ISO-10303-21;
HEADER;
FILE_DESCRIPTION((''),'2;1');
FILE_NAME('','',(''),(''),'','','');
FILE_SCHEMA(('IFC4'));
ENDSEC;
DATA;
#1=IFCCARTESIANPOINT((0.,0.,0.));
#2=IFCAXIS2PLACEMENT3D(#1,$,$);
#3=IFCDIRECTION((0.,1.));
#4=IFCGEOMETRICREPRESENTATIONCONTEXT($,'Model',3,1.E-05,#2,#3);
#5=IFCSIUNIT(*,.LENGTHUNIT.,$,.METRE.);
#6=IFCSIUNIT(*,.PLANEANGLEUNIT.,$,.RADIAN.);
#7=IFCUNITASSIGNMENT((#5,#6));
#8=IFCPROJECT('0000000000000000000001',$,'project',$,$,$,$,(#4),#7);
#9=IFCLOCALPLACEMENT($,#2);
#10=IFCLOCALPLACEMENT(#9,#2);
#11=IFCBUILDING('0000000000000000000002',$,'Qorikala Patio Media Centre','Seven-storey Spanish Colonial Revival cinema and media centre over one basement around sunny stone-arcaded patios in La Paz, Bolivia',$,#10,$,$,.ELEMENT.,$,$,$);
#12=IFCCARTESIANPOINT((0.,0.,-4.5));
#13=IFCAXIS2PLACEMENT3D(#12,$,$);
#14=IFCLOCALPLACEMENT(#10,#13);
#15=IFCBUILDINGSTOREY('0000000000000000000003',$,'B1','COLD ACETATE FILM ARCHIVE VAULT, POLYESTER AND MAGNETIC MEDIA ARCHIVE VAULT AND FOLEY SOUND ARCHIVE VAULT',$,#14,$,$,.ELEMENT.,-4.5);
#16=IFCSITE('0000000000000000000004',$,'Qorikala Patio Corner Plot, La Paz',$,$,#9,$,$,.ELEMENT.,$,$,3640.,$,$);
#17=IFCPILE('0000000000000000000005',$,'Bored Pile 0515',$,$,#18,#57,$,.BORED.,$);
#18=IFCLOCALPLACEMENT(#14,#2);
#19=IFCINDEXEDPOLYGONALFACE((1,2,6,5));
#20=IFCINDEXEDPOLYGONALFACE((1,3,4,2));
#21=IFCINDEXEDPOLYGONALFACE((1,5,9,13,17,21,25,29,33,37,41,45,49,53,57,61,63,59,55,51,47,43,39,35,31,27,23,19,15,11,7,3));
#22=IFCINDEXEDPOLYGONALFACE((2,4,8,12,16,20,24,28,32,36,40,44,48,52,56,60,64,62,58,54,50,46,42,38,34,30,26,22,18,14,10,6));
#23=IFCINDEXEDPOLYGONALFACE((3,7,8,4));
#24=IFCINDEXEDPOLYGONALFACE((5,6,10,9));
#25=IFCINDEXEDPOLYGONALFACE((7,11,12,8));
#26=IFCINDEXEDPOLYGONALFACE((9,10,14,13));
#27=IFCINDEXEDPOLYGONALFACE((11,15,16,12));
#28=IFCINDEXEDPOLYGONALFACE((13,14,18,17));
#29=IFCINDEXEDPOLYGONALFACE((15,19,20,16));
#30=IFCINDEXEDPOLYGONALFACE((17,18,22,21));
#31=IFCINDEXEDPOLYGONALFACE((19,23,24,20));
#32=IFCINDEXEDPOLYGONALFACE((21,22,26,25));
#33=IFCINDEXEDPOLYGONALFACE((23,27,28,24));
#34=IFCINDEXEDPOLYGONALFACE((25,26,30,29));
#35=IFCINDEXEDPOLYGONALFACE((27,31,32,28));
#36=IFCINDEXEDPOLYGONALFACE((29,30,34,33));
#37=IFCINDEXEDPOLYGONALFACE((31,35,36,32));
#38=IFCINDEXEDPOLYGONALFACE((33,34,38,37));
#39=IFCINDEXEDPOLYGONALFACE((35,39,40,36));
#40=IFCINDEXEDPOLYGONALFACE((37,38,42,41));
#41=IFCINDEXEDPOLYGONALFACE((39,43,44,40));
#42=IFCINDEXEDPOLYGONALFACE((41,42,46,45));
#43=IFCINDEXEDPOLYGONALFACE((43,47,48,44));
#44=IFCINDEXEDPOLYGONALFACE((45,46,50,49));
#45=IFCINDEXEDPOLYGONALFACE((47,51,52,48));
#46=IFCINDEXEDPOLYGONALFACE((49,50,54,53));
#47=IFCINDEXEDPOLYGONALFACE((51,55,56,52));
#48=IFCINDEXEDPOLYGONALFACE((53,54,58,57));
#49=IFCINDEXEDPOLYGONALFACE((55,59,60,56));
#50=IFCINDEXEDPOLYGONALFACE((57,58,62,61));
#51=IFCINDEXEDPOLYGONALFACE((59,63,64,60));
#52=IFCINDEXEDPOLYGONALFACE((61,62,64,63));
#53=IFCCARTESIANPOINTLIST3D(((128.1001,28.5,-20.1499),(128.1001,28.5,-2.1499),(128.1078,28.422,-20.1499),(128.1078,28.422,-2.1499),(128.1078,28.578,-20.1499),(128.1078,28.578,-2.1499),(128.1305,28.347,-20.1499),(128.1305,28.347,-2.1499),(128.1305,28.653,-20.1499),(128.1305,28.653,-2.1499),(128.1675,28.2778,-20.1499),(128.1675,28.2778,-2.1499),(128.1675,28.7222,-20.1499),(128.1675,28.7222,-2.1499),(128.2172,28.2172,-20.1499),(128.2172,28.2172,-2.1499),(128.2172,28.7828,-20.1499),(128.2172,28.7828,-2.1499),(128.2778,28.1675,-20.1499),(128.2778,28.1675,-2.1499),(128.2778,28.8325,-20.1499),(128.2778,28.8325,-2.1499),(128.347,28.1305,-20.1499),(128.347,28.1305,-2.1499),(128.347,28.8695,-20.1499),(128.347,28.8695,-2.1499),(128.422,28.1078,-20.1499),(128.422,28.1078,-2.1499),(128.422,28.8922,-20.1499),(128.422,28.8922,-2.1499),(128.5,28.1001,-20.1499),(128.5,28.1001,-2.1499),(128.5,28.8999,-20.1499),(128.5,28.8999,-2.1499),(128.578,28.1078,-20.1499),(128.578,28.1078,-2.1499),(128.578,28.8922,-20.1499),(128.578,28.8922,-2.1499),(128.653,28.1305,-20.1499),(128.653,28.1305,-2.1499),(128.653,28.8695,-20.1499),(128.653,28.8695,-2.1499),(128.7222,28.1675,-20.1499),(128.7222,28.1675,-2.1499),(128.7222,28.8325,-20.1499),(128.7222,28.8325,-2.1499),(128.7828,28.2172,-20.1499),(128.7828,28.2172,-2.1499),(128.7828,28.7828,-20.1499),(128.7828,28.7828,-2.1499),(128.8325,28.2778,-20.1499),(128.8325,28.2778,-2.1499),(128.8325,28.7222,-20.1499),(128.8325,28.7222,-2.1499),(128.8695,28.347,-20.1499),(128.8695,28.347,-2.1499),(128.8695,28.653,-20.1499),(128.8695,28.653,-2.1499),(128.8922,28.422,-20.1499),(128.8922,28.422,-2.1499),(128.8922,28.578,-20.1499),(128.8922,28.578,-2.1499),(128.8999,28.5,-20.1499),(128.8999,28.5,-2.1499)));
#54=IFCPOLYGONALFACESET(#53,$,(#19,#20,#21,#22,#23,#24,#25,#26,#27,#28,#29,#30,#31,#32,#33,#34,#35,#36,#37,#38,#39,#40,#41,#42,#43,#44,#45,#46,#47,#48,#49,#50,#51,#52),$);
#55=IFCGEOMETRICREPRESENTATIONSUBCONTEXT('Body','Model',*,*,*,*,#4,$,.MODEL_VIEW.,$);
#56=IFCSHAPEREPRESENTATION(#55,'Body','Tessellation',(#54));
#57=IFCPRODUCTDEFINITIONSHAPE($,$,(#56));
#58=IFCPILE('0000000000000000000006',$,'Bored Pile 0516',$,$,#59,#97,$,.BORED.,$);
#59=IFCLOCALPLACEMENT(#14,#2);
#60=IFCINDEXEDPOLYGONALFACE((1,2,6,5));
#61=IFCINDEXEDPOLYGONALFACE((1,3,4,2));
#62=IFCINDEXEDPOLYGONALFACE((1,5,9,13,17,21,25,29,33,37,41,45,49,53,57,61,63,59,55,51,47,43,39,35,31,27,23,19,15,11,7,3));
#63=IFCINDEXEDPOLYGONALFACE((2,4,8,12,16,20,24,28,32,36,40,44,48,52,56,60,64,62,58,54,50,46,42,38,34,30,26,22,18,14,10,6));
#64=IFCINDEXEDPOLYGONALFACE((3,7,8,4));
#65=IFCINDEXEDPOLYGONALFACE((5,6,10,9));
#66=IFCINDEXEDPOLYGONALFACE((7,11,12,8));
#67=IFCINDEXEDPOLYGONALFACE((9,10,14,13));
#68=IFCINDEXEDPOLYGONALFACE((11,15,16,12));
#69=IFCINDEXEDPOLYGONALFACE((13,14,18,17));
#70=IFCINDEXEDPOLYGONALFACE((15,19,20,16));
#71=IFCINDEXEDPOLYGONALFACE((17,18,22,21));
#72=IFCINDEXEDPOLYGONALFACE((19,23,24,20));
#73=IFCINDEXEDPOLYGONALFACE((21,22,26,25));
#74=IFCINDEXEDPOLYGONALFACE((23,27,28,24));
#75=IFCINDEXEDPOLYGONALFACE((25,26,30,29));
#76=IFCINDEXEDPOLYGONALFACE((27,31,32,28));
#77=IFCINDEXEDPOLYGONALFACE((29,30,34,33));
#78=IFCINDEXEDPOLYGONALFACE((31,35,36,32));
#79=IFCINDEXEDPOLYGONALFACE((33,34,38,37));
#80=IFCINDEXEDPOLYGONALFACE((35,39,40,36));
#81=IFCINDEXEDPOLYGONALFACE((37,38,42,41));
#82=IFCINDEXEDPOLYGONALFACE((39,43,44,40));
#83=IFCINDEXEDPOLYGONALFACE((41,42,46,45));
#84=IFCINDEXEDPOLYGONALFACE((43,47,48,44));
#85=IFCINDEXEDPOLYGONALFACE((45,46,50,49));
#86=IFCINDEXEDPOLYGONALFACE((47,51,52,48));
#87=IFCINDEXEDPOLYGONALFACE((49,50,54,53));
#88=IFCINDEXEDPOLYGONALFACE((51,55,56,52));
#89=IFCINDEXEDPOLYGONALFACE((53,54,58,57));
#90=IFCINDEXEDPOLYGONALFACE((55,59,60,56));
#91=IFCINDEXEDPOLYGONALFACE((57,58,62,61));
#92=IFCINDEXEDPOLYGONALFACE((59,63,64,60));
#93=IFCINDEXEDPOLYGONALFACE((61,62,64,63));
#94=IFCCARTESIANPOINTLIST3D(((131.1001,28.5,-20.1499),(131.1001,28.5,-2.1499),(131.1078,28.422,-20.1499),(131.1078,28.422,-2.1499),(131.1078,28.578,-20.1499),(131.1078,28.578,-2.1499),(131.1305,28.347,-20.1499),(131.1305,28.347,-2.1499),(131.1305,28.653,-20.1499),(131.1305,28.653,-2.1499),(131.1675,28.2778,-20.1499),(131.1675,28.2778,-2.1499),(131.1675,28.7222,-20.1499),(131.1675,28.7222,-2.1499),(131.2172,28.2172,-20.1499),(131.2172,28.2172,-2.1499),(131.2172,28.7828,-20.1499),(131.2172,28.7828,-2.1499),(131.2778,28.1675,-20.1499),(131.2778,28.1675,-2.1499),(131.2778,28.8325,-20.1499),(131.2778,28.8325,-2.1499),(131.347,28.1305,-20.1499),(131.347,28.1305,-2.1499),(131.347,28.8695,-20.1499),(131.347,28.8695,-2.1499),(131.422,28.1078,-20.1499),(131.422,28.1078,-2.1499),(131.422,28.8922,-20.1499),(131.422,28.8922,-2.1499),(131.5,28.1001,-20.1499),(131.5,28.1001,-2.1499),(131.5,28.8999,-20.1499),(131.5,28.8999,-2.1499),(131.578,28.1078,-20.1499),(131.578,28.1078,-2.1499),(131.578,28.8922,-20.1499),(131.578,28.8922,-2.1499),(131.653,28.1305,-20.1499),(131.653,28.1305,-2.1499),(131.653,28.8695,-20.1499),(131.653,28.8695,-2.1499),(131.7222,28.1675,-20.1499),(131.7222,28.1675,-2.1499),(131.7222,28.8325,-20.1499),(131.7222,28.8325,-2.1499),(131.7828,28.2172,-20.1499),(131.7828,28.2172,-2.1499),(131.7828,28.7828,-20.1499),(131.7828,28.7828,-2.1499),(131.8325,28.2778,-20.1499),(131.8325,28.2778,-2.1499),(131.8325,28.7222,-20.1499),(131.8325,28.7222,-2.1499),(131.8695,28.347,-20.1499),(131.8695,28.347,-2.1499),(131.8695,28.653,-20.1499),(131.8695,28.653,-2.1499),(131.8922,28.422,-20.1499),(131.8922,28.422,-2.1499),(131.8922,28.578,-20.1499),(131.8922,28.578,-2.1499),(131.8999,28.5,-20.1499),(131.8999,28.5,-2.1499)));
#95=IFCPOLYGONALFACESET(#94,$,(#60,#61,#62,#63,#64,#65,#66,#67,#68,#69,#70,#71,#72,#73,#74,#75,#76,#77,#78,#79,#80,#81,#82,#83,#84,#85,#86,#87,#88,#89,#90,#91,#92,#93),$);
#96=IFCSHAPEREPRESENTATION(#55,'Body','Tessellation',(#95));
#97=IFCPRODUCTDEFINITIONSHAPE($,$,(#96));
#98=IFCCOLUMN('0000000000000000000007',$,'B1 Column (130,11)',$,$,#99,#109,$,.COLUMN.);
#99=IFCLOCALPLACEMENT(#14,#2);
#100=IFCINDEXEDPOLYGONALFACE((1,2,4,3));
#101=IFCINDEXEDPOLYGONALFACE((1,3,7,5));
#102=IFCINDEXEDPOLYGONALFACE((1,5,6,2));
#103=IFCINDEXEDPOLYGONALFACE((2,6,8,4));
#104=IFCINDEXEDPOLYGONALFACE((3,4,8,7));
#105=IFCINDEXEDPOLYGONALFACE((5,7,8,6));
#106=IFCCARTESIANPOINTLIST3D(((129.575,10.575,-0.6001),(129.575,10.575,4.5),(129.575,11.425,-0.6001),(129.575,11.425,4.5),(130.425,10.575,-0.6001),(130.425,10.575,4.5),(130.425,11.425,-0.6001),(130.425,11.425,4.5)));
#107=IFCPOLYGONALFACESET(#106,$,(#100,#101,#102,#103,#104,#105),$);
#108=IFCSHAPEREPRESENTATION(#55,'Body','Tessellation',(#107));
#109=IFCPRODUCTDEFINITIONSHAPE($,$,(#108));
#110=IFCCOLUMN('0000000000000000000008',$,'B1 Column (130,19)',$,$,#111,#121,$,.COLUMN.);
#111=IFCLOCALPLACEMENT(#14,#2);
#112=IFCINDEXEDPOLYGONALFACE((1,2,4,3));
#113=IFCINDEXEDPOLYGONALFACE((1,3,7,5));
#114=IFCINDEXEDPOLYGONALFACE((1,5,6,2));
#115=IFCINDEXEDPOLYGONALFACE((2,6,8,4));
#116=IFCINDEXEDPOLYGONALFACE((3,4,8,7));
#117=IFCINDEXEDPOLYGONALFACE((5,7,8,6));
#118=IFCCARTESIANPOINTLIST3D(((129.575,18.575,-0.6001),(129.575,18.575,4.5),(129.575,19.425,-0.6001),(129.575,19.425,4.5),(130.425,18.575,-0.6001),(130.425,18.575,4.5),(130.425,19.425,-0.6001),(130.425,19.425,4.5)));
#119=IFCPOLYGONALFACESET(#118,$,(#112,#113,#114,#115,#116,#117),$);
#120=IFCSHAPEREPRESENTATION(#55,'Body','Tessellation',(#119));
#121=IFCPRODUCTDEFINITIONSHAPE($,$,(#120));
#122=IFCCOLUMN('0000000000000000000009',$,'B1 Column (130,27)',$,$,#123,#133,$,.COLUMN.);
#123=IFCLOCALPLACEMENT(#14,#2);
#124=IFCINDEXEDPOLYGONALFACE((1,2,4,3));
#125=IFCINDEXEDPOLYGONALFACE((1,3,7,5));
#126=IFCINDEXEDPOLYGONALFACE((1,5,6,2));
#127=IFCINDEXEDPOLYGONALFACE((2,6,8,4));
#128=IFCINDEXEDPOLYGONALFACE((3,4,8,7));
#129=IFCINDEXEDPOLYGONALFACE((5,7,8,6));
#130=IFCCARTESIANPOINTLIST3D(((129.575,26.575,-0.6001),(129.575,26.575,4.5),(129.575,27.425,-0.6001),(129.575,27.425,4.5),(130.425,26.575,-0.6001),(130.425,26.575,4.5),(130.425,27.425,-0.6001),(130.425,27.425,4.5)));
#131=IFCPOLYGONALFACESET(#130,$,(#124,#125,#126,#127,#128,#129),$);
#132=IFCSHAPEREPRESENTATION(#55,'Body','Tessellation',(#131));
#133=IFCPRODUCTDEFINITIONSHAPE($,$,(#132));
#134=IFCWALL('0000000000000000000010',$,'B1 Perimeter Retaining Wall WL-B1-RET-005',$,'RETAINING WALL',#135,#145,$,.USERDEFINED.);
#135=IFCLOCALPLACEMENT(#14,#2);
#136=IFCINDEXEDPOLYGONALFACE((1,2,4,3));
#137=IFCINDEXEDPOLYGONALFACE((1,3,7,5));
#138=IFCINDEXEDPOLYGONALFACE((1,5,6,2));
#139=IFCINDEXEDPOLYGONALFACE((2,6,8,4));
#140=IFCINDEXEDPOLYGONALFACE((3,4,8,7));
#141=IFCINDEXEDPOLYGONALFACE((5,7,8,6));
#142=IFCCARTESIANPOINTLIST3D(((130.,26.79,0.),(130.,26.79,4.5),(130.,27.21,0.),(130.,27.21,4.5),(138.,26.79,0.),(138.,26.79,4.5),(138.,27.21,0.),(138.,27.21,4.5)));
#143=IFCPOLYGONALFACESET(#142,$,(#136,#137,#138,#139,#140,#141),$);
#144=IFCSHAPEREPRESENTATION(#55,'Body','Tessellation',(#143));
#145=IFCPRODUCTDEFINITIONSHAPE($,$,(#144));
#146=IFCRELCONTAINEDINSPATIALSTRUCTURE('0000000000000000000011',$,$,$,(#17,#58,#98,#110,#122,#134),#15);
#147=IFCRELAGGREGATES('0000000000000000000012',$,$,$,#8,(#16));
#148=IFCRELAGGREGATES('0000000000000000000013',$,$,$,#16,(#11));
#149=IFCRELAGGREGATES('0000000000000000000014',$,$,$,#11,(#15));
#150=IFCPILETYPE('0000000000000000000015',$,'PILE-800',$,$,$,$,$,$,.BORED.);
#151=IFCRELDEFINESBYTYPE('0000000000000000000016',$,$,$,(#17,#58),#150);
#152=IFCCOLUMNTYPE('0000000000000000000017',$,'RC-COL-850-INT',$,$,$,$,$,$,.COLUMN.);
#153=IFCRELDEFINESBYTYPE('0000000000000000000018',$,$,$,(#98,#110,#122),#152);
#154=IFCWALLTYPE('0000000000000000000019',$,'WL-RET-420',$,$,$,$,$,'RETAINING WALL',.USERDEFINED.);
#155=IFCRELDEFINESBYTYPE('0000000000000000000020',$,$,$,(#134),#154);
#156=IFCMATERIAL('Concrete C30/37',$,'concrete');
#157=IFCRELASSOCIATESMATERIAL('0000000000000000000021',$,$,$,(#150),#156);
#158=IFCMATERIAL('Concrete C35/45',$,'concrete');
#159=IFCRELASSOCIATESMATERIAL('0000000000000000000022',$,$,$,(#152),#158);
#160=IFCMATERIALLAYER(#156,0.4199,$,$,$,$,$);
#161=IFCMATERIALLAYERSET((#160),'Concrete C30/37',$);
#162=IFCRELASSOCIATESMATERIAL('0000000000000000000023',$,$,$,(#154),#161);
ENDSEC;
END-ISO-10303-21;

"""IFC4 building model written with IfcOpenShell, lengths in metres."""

from ifc_helpers import new_model, si_unit, direction, frame, frame_2d, origin, origin_2d, place, context, subcontext, project, spatial, rectangle, circle, extrude, material, layer, layer_set, material_profile, profile_set, type_object, element, save


model = new_model("IFC4")

# Units and contexts
model_context = context("Model", 3, precision=1e-05, world=origin(), true_north=direction((0.0, 1.0)))
body_context = subcontext(model_context, "Body", "Model", "MODEL_VIEW")
ifc_project = project(units=[si_unit("LENGTHUNIT", "METRE"), si_unit("PLANEANGLEUNIT", "RADIAN")], contexts=[model_context])

# Site, building, storey
site_placement = place(None, origin())
site = spatial("IfcSite", under=ifc_project, at=site_placement, Name="Qorikala Patio Corner Plot, La Paz", CompositionType="ELEMENT", RefElevation=3640.0)
building_placement = place(site_placement, origin())
building = spatial("IfcBuilding", under=site, at=building_placement, Name="Qorikala Patio Media Centre", Description="Seven-storey Spanish Colonial Revival cinema and media centre over one basement around sunny stone-arcaded patios in La Paz, Bolivia", CompositionType="ELEMENT")
storey_placement = place(building_placement, frame((0.0, 0.0, -4.5)))
storey = spatial("IfcBuildingStorey", under=building, at=storey_placement, Name="B1", Description="COLD ACETATE FILM ARCHIVE VAULT, POLYESTER AND MAGNETIC MEDIA ARCHIVE VAULT AND FOLEY SOUND ARCHIVE VAULT", CompositionType="ELEMENT", Elevation=-4.5)

# Shared definitions
ifc_material_1 = material(Name="Concrete C30/37", Category="concrete")

# Piles
ifc_material_profile_1 = material_profile(ifc_material_1, circle(Radius=0.3999, at=origin_2d()), Name="BORED PILE 800")
ifc_profile_set_1 = profile_set([ifc_material_profile_1], Name="Concrete C30/37")
pile_type = type_object("IfcPileType", Name="PILE-800", PredefinedType="BORED", material=ifc_profile_set_1)
for number, where, z_axis, x_axis, name in (
    (1, (128.5, 28.5, -2.1499), (0.0, 0.0, -1.0), (1.0, 0.0, 0.0), "Bored Pile 0515"),
    (2, (131.5, 28.5, -2.1499), (0.0, 0.0, -1.0), (1.0, 0.0, 0.0), "Bored Pile 0516"),
):
    element("IfcPile", number, at=place(storey_placement, frame(where, z_axis=z_axis, x_axis=x_axis)), inside=storey, type_object=pile_type, Name=name, PredefinedType="BORED", context=body_context, shape_type="SweptSolid", body=[
        extrude(circle(Radius=0.3999, at=origin_2d()), origin(), (0.0, 0.0, 1.0), 18.0),
    ])

# Columns
ifc_material_2 = material(Name="Concrete C35/45", Category="concrete")
ifc_material_profile_2 = material_profile(ifc_material_2, rectangle(XDim=0.8501, YDim=0.8501, at=origin_2d()), Name="RC 850x850")
ifc_profile_set_2 = profile_set([ifc_material_profile_2], Name="Concrete C35/45")
column_type = type_object("IfcColumnType", Name="RC-COL-850-INT", PredefinedType="COLUMN", material=ifc_profile_set_2)
for number, where, z_axis, x_axis, name in (
    (3, (130.0, 11.0, -0.6001), (0.0, 0.0, 1.0), (1.0, 0.0, 0.0), "B1 Column (130,11)"),
    (4, (130.0, 19.0, -0.6001), (0.0, 0.0, 1.0), (1.0, 0.0, 0.0), "B1 Column (130,19)"),
    (5, (130.0, 27.0, -0.6001), (0.0, 0.0, 1.0), (1.0, 0.0, 0.0), "B1 Column (130,27)"),
):
    element("IfcColumn", number, at=place(storey_placement, frame(where, z_axis=z_axis, x_axis=x_axis)), inside=storey, type_object=column_type, Name=name, PredefinedType="COLUMN", context=body_context, shape_type="SweptSolid", body=[
        extrude(rectangle(XDim=0.8501, YDim=0.8501, at=origin_2d()), origin(), (0.0, 0.0, 1.0), 5.1001),
    ])

# Wall
ifc_layer_1 = layer(ifc_material_1, 0.4199)
ifc_layer_set_1 = layer_set([ifc_layer_1], Name="Concrete C30/37")
wall_type = type_object("IfcWallType", Name="WL-RET-420", ElementType="RETAINING WALL", PredefinedType="USERDEFINED", material=ifc_layer_set_1)
wall_placement = place(storey_placement, frame((130.0, 27.0, 0.0), z_axis=(0.0, 0.0, 1.0), x_axis=(1.0, 0.0, 0.0)))
element("IfcWall", 6, at=wall_placement, inside=storey, type_object=wall_type, Name="B1 Perimeter Retaining Wall WL-B1-RET-005", ObjectType="RETAINING WALL", PredefinedType="USERDEFINED", context=body_context, shape_type="SweptSolid", body=[
    extrude(rectangle(XDim=8.0, YDim=0.4199, at=frame_2d((4.0, 0.0))), origin(), (0.0, 0.0, 1.0), 4.5),
])

save(model, "model.ifc")
